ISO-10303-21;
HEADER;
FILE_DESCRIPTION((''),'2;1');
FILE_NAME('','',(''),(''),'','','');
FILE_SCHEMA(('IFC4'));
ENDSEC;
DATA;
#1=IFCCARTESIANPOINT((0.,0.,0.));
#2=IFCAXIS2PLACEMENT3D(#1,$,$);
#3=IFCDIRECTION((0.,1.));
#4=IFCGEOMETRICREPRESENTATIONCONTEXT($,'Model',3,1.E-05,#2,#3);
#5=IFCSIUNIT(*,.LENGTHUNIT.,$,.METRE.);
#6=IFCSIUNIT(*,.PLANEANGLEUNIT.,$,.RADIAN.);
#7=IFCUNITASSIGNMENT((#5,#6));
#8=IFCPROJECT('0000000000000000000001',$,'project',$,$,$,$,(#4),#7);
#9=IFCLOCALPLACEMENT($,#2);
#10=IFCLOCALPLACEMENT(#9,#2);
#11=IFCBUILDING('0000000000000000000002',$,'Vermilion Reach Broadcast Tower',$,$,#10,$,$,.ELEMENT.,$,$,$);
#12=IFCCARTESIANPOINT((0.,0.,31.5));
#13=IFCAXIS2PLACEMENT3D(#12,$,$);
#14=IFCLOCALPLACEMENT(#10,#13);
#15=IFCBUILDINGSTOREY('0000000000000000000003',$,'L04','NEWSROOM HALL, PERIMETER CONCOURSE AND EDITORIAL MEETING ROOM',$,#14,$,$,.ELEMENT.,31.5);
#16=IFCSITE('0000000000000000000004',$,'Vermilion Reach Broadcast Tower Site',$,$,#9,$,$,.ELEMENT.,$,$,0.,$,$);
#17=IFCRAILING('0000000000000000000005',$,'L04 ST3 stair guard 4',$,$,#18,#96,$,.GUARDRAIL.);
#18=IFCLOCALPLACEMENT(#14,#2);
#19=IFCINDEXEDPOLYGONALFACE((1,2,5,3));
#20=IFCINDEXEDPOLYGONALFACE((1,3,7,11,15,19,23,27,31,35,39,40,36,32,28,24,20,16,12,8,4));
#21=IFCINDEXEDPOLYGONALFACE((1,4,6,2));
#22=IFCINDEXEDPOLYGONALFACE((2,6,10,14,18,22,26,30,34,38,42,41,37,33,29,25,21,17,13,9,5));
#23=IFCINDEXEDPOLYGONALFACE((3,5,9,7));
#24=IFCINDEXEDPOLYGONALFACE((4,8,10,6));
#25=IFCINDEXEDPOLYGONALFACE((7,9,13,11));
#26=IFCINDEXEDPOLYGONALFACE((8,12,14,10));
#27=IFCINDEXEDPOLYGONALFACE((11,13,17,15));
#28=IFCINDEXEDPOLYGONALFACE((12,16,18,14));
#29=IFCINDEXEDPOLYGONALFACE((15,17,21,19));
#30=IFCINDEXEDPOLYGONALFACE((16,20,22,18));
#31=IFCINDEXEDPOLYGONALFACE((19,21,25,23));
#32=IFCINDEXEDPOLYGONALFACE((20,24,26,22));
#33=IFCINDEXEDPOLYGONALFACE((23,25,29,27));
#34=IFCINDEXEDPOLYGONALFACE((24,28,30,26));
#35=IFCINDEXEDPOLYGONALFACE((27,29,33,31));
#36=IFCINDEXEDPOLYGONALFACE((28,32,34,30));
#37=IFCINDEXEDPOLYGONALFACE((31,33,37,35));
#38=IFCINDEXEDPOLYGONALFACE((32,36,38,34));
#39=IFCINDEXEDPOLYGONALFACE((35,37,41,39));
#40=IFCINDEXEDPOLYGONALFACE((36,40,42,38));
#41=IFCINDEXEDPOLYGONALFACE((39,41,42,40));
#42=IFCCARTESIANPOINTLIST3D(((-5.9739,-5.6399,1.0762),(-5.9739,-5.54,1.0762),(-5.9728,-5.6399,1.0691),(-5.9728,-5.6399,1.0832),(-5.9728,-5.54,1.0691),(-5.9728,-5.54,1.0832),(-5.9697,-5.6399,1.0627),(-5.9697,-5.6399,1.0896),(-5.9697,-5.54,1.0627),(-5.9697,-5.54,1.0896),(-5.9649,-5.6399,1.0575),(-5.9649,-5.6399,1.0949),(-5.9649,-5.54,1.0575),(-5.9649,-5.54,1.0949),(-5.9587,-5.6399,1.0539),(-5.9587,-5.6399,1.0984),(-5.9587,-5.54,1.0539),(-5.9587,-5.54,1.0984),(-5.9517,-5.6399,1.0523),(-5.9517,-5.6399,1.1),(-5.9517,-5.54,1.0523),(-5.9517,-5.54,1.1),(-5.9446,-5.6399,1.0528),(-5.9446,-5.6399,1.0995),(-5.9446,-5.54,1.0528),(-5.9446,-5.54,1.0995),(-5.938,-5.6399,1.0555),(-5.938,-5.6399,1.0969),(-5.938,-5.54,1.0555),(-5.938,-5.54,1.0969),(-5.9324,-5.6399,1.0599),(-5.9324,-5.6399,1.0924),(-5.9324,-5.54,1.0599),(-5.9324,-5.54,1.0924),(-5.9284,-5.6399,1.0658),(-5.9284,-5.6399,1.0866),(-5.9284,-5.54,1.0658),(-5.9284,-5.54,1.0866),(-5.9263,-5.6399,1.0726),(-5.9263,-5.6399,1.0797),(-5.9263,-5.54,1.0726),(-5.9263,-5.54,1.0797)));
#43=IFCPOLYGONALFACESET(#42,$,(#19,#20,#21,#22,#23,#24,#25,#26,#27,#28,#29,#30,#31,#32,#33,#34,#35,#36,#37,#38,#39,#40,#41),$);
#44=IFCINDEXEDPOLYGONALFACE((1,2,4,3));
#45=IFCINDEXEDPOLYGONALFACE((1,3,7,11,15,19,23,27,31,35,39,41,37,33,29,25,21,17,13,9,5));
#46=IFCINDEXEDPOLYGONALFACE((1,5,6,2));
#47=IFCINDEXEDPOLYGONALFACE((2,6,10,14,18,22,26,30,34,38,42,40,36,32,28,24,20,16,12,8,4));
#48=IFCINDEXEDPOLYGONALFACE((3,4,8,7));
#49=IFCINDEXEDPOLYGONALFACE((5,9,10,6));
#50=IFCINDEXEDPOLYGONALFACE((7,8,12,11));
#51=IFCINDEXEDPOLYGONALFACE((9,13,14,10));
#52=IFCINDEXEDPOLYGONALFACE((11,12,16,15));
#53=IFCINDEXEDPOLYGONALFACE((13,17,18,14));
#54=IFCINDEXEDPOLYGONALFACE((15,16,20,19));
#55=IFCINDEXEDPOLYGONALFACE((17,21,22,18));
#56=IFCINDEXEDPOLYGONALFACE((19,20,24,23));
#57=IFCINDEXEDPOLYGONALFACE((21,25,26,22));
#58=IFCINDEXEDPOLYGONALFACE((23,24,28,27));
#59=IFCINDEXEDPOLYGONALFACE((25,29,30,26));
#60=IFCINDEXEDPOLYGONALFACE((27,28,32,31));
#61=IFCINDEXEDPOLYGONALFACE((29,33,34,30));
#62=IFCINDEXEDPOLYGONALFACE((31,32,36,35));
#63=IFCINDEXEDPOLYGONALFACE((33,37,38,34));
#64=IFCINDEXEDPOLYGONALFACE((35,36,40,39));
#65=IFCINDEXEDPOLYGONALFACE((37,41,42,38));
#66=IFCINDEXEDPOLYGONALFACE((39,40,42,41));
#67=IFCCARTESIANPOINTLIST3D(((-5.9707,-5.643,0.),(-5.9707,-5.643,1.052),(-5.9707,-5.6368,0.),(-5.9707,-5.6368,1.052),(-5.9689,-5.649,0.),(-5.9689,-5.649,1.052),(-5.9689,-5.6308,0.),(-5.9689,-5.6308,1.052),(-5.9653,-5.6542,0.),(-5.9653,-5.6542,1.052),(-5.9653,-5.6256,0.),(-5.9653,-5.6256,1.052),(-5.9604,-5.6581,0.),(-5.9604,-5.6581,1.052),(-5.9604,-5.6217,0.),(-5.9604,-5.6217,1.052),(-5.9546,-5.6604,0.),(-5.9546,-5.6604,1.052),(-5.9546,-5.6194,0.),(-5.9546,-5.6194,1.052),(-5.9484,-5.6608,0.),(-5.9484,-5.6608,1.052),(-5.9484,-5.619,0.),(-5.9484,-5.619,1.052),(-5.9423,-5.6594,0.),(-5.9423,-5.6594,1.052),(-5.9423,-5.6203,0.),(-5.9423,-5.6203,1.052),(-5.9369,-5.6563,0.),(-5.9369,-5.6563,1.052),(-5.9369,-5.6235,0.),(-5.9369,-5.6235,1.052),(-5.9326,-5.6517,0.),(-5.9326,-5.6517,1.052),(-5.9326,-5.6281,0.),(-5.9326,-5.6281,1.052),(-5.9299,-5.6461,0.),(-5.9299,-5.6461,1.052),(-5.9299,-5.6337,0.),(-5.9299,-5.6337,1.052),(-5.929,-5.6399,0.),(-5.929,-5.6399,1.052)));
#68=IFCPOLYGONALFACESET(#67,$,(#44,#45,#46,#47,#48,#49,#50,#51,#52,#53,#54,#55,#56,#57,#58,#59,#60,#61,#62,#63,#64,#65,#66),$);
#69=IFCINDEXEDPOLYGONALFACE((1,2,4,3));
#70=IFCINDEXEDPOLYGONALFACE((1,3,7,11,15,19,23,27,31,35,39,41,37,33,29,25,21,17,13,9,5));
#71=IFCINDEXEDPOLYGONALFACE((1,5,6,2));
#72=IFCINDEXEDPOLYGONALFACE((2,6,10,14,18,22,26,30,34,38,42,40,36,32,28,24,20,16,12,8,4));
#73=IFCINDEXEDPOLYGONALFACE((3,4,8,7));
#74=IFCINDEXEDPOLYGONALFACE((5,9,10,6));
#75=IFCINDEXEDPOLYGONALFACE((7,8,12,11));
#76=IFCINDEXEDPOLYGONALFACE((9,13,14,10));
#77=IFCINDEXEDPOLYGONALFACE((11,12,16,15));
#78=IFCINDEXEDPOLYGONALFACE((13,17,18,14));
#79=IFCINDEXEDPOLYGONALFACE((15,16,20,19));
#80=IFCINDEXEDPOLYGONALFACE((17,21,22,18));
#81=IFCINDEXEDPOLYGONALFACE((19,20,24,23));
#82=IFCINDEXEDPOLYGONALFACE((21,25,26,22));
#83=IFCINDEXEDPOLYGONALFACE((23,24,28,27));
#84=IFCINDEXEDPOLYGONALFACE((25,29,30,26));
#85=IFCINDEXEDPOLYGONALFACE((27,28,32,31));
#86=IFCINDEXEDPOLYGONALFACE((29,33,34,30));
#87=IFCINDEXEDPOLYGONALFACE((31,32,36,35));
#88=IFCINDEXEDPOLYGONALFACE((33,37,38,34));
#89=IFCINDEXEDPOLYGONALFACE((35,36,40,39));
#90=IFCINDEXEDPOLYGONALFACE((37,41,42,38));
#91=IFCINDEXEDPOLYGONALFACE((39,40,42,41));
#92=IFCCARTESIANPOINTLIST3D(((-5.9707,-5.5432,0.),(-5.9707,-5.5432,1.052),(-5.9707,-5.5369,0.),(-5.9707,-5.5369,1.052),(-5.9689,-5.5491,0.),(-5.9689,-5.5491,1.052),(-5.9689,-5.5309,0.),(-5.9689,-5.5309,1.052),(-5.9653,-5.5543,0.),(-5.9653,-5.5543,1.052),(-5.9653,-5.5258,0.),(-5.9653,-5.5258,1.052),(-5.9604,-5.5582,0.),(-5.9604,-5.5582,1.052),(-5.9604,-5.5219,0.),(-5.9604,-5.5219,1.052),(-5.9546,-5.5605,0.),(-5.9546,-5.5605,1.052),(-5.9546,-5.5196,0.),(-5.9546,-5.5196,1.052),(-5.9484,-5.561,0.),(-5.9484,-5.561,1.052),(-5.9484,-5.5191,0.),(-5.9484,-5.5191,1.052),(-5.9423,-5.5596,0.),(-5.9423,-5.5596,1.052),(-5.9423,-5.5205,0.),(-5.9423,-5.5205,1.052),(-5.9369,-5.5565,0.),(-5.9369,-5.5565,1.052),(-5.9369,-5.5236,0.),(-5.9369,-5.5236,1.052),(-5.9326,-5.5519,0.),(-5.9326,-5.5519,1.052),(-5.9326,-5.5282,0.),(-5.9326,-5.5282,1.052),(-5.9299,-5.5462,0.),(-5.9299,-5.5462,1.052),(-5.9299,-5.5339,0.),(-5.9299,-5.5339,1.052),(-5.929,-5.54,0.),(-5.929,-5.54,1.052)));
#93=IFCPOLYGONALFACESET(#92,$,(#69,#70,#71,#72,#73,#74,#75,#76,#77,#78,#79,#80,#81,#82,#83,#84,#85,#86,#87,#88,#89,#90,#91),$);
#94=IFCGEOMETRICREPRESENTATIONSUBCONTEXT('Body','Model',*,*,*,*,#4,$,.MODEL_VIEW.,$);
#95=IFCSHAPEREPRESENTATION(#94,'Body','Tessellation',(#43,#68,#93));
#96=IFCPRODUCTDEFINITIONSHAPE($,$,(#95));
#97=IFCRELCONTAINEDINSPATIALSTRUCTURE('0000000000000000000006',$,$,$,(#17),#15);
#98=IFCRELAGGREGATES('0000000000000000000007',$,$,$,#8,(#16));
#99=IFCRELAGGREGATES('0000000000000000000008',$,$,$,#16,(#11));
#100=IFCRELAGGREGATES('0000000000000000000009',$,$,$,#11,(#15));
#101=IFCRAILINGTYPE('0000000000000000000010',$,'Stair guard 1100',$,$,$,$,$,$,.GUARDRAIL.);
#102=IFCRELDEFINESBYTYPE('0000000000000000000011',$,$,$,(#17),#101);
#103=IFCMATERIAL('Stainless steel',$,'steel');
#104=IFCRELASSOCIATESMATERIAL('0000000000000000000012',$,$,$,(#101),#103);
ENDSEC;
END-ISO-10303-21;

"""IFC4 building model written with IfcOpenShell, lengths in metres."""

from ifc_helpers import new_model, si_unit, direction, frame, origin, origin_2d, place, context, subcontext, project, spatial, circle, extrude, material, type_object, element, save


model = new_model("IFC4")

# Units and contexts
model_context = context("Model", 3, precision=1e-05, world=origin(), true_north=direction((0.0, 1.0)))
body_context = subcontext(model_context, "Body", "Model", "MODEL_VIEW")
ifc_project = project(units=[si_unit("LENGTHUNIT", "METRE"), si_unit("PLANEANGLEUNIT", "RADIAN")], contexts=[model_context])

# Site, building, storey
site_placement = place(None, origin())
site = spatial("IfcSite", under=ifc_project, at=site_placement, Name="Vermilion Reach Broadcast Tower Site", CompositionType="ELEMENT", RefElevation=0.0)
building_placement = place(site_placement, origin())
building = spatial("IfcBuilding", under=site, at=building_placement, Name="Vermilion Reach Broadcast Tower", CompositionType="ELEMENT")
storey_placement = place(building_placement, frame((0.0, 0.0, 31.5)))
storey = spatial("IfcBuildingStorey", under=building, at=storey_placement, Name="L04", Description="NEWSROOM HALL, PERIMETER CONCOURSE AND EDITORIAL MEETING ROOM", CompositionType="ELEMENT", Elevation=31.5)

# Railing
ifc_material_1 = material(Name="Stainless steel", Category="steel")
railing_type_1 = type_object("IfcRailingType", Name="Stair guard 1100", PredefinedType="GUARDRAIL", material=ifc_material_1)
railing_1_placement = place(storey_placement, frame((-5.95, -5.6399, 0.0)))
element("IfcRailing", 1, at=railing_1_placement, inside=storey, type_object=railing_type_1, Name="L04 ST3 stair guard 4", PredefinedType="GUARDRAIL", context=body_context, shape_type="SweptSolid", body=[
    extrude(circle(Radius=0.0239, at=origin_2d()), frame((0.0, 0.0, 1.0762), z_axis=(0.0, 1.0, 0.0), x_axis=(-1.0, 0.0, 0.0)), (0.0, 0.0, 1.0), 0.0999),
    extrude(circle(Radius=0.021, at=origin_2d()), origin(), (0.0, 0.0, 1.0), 1.052),
    extrude(circle(Radius=0.021, at=origin_2d()), frame((0.0, 0.0999, 0.0)), (0.0, 0.0, 1.0), 1.052),
])

save(model, "model.ifc")
